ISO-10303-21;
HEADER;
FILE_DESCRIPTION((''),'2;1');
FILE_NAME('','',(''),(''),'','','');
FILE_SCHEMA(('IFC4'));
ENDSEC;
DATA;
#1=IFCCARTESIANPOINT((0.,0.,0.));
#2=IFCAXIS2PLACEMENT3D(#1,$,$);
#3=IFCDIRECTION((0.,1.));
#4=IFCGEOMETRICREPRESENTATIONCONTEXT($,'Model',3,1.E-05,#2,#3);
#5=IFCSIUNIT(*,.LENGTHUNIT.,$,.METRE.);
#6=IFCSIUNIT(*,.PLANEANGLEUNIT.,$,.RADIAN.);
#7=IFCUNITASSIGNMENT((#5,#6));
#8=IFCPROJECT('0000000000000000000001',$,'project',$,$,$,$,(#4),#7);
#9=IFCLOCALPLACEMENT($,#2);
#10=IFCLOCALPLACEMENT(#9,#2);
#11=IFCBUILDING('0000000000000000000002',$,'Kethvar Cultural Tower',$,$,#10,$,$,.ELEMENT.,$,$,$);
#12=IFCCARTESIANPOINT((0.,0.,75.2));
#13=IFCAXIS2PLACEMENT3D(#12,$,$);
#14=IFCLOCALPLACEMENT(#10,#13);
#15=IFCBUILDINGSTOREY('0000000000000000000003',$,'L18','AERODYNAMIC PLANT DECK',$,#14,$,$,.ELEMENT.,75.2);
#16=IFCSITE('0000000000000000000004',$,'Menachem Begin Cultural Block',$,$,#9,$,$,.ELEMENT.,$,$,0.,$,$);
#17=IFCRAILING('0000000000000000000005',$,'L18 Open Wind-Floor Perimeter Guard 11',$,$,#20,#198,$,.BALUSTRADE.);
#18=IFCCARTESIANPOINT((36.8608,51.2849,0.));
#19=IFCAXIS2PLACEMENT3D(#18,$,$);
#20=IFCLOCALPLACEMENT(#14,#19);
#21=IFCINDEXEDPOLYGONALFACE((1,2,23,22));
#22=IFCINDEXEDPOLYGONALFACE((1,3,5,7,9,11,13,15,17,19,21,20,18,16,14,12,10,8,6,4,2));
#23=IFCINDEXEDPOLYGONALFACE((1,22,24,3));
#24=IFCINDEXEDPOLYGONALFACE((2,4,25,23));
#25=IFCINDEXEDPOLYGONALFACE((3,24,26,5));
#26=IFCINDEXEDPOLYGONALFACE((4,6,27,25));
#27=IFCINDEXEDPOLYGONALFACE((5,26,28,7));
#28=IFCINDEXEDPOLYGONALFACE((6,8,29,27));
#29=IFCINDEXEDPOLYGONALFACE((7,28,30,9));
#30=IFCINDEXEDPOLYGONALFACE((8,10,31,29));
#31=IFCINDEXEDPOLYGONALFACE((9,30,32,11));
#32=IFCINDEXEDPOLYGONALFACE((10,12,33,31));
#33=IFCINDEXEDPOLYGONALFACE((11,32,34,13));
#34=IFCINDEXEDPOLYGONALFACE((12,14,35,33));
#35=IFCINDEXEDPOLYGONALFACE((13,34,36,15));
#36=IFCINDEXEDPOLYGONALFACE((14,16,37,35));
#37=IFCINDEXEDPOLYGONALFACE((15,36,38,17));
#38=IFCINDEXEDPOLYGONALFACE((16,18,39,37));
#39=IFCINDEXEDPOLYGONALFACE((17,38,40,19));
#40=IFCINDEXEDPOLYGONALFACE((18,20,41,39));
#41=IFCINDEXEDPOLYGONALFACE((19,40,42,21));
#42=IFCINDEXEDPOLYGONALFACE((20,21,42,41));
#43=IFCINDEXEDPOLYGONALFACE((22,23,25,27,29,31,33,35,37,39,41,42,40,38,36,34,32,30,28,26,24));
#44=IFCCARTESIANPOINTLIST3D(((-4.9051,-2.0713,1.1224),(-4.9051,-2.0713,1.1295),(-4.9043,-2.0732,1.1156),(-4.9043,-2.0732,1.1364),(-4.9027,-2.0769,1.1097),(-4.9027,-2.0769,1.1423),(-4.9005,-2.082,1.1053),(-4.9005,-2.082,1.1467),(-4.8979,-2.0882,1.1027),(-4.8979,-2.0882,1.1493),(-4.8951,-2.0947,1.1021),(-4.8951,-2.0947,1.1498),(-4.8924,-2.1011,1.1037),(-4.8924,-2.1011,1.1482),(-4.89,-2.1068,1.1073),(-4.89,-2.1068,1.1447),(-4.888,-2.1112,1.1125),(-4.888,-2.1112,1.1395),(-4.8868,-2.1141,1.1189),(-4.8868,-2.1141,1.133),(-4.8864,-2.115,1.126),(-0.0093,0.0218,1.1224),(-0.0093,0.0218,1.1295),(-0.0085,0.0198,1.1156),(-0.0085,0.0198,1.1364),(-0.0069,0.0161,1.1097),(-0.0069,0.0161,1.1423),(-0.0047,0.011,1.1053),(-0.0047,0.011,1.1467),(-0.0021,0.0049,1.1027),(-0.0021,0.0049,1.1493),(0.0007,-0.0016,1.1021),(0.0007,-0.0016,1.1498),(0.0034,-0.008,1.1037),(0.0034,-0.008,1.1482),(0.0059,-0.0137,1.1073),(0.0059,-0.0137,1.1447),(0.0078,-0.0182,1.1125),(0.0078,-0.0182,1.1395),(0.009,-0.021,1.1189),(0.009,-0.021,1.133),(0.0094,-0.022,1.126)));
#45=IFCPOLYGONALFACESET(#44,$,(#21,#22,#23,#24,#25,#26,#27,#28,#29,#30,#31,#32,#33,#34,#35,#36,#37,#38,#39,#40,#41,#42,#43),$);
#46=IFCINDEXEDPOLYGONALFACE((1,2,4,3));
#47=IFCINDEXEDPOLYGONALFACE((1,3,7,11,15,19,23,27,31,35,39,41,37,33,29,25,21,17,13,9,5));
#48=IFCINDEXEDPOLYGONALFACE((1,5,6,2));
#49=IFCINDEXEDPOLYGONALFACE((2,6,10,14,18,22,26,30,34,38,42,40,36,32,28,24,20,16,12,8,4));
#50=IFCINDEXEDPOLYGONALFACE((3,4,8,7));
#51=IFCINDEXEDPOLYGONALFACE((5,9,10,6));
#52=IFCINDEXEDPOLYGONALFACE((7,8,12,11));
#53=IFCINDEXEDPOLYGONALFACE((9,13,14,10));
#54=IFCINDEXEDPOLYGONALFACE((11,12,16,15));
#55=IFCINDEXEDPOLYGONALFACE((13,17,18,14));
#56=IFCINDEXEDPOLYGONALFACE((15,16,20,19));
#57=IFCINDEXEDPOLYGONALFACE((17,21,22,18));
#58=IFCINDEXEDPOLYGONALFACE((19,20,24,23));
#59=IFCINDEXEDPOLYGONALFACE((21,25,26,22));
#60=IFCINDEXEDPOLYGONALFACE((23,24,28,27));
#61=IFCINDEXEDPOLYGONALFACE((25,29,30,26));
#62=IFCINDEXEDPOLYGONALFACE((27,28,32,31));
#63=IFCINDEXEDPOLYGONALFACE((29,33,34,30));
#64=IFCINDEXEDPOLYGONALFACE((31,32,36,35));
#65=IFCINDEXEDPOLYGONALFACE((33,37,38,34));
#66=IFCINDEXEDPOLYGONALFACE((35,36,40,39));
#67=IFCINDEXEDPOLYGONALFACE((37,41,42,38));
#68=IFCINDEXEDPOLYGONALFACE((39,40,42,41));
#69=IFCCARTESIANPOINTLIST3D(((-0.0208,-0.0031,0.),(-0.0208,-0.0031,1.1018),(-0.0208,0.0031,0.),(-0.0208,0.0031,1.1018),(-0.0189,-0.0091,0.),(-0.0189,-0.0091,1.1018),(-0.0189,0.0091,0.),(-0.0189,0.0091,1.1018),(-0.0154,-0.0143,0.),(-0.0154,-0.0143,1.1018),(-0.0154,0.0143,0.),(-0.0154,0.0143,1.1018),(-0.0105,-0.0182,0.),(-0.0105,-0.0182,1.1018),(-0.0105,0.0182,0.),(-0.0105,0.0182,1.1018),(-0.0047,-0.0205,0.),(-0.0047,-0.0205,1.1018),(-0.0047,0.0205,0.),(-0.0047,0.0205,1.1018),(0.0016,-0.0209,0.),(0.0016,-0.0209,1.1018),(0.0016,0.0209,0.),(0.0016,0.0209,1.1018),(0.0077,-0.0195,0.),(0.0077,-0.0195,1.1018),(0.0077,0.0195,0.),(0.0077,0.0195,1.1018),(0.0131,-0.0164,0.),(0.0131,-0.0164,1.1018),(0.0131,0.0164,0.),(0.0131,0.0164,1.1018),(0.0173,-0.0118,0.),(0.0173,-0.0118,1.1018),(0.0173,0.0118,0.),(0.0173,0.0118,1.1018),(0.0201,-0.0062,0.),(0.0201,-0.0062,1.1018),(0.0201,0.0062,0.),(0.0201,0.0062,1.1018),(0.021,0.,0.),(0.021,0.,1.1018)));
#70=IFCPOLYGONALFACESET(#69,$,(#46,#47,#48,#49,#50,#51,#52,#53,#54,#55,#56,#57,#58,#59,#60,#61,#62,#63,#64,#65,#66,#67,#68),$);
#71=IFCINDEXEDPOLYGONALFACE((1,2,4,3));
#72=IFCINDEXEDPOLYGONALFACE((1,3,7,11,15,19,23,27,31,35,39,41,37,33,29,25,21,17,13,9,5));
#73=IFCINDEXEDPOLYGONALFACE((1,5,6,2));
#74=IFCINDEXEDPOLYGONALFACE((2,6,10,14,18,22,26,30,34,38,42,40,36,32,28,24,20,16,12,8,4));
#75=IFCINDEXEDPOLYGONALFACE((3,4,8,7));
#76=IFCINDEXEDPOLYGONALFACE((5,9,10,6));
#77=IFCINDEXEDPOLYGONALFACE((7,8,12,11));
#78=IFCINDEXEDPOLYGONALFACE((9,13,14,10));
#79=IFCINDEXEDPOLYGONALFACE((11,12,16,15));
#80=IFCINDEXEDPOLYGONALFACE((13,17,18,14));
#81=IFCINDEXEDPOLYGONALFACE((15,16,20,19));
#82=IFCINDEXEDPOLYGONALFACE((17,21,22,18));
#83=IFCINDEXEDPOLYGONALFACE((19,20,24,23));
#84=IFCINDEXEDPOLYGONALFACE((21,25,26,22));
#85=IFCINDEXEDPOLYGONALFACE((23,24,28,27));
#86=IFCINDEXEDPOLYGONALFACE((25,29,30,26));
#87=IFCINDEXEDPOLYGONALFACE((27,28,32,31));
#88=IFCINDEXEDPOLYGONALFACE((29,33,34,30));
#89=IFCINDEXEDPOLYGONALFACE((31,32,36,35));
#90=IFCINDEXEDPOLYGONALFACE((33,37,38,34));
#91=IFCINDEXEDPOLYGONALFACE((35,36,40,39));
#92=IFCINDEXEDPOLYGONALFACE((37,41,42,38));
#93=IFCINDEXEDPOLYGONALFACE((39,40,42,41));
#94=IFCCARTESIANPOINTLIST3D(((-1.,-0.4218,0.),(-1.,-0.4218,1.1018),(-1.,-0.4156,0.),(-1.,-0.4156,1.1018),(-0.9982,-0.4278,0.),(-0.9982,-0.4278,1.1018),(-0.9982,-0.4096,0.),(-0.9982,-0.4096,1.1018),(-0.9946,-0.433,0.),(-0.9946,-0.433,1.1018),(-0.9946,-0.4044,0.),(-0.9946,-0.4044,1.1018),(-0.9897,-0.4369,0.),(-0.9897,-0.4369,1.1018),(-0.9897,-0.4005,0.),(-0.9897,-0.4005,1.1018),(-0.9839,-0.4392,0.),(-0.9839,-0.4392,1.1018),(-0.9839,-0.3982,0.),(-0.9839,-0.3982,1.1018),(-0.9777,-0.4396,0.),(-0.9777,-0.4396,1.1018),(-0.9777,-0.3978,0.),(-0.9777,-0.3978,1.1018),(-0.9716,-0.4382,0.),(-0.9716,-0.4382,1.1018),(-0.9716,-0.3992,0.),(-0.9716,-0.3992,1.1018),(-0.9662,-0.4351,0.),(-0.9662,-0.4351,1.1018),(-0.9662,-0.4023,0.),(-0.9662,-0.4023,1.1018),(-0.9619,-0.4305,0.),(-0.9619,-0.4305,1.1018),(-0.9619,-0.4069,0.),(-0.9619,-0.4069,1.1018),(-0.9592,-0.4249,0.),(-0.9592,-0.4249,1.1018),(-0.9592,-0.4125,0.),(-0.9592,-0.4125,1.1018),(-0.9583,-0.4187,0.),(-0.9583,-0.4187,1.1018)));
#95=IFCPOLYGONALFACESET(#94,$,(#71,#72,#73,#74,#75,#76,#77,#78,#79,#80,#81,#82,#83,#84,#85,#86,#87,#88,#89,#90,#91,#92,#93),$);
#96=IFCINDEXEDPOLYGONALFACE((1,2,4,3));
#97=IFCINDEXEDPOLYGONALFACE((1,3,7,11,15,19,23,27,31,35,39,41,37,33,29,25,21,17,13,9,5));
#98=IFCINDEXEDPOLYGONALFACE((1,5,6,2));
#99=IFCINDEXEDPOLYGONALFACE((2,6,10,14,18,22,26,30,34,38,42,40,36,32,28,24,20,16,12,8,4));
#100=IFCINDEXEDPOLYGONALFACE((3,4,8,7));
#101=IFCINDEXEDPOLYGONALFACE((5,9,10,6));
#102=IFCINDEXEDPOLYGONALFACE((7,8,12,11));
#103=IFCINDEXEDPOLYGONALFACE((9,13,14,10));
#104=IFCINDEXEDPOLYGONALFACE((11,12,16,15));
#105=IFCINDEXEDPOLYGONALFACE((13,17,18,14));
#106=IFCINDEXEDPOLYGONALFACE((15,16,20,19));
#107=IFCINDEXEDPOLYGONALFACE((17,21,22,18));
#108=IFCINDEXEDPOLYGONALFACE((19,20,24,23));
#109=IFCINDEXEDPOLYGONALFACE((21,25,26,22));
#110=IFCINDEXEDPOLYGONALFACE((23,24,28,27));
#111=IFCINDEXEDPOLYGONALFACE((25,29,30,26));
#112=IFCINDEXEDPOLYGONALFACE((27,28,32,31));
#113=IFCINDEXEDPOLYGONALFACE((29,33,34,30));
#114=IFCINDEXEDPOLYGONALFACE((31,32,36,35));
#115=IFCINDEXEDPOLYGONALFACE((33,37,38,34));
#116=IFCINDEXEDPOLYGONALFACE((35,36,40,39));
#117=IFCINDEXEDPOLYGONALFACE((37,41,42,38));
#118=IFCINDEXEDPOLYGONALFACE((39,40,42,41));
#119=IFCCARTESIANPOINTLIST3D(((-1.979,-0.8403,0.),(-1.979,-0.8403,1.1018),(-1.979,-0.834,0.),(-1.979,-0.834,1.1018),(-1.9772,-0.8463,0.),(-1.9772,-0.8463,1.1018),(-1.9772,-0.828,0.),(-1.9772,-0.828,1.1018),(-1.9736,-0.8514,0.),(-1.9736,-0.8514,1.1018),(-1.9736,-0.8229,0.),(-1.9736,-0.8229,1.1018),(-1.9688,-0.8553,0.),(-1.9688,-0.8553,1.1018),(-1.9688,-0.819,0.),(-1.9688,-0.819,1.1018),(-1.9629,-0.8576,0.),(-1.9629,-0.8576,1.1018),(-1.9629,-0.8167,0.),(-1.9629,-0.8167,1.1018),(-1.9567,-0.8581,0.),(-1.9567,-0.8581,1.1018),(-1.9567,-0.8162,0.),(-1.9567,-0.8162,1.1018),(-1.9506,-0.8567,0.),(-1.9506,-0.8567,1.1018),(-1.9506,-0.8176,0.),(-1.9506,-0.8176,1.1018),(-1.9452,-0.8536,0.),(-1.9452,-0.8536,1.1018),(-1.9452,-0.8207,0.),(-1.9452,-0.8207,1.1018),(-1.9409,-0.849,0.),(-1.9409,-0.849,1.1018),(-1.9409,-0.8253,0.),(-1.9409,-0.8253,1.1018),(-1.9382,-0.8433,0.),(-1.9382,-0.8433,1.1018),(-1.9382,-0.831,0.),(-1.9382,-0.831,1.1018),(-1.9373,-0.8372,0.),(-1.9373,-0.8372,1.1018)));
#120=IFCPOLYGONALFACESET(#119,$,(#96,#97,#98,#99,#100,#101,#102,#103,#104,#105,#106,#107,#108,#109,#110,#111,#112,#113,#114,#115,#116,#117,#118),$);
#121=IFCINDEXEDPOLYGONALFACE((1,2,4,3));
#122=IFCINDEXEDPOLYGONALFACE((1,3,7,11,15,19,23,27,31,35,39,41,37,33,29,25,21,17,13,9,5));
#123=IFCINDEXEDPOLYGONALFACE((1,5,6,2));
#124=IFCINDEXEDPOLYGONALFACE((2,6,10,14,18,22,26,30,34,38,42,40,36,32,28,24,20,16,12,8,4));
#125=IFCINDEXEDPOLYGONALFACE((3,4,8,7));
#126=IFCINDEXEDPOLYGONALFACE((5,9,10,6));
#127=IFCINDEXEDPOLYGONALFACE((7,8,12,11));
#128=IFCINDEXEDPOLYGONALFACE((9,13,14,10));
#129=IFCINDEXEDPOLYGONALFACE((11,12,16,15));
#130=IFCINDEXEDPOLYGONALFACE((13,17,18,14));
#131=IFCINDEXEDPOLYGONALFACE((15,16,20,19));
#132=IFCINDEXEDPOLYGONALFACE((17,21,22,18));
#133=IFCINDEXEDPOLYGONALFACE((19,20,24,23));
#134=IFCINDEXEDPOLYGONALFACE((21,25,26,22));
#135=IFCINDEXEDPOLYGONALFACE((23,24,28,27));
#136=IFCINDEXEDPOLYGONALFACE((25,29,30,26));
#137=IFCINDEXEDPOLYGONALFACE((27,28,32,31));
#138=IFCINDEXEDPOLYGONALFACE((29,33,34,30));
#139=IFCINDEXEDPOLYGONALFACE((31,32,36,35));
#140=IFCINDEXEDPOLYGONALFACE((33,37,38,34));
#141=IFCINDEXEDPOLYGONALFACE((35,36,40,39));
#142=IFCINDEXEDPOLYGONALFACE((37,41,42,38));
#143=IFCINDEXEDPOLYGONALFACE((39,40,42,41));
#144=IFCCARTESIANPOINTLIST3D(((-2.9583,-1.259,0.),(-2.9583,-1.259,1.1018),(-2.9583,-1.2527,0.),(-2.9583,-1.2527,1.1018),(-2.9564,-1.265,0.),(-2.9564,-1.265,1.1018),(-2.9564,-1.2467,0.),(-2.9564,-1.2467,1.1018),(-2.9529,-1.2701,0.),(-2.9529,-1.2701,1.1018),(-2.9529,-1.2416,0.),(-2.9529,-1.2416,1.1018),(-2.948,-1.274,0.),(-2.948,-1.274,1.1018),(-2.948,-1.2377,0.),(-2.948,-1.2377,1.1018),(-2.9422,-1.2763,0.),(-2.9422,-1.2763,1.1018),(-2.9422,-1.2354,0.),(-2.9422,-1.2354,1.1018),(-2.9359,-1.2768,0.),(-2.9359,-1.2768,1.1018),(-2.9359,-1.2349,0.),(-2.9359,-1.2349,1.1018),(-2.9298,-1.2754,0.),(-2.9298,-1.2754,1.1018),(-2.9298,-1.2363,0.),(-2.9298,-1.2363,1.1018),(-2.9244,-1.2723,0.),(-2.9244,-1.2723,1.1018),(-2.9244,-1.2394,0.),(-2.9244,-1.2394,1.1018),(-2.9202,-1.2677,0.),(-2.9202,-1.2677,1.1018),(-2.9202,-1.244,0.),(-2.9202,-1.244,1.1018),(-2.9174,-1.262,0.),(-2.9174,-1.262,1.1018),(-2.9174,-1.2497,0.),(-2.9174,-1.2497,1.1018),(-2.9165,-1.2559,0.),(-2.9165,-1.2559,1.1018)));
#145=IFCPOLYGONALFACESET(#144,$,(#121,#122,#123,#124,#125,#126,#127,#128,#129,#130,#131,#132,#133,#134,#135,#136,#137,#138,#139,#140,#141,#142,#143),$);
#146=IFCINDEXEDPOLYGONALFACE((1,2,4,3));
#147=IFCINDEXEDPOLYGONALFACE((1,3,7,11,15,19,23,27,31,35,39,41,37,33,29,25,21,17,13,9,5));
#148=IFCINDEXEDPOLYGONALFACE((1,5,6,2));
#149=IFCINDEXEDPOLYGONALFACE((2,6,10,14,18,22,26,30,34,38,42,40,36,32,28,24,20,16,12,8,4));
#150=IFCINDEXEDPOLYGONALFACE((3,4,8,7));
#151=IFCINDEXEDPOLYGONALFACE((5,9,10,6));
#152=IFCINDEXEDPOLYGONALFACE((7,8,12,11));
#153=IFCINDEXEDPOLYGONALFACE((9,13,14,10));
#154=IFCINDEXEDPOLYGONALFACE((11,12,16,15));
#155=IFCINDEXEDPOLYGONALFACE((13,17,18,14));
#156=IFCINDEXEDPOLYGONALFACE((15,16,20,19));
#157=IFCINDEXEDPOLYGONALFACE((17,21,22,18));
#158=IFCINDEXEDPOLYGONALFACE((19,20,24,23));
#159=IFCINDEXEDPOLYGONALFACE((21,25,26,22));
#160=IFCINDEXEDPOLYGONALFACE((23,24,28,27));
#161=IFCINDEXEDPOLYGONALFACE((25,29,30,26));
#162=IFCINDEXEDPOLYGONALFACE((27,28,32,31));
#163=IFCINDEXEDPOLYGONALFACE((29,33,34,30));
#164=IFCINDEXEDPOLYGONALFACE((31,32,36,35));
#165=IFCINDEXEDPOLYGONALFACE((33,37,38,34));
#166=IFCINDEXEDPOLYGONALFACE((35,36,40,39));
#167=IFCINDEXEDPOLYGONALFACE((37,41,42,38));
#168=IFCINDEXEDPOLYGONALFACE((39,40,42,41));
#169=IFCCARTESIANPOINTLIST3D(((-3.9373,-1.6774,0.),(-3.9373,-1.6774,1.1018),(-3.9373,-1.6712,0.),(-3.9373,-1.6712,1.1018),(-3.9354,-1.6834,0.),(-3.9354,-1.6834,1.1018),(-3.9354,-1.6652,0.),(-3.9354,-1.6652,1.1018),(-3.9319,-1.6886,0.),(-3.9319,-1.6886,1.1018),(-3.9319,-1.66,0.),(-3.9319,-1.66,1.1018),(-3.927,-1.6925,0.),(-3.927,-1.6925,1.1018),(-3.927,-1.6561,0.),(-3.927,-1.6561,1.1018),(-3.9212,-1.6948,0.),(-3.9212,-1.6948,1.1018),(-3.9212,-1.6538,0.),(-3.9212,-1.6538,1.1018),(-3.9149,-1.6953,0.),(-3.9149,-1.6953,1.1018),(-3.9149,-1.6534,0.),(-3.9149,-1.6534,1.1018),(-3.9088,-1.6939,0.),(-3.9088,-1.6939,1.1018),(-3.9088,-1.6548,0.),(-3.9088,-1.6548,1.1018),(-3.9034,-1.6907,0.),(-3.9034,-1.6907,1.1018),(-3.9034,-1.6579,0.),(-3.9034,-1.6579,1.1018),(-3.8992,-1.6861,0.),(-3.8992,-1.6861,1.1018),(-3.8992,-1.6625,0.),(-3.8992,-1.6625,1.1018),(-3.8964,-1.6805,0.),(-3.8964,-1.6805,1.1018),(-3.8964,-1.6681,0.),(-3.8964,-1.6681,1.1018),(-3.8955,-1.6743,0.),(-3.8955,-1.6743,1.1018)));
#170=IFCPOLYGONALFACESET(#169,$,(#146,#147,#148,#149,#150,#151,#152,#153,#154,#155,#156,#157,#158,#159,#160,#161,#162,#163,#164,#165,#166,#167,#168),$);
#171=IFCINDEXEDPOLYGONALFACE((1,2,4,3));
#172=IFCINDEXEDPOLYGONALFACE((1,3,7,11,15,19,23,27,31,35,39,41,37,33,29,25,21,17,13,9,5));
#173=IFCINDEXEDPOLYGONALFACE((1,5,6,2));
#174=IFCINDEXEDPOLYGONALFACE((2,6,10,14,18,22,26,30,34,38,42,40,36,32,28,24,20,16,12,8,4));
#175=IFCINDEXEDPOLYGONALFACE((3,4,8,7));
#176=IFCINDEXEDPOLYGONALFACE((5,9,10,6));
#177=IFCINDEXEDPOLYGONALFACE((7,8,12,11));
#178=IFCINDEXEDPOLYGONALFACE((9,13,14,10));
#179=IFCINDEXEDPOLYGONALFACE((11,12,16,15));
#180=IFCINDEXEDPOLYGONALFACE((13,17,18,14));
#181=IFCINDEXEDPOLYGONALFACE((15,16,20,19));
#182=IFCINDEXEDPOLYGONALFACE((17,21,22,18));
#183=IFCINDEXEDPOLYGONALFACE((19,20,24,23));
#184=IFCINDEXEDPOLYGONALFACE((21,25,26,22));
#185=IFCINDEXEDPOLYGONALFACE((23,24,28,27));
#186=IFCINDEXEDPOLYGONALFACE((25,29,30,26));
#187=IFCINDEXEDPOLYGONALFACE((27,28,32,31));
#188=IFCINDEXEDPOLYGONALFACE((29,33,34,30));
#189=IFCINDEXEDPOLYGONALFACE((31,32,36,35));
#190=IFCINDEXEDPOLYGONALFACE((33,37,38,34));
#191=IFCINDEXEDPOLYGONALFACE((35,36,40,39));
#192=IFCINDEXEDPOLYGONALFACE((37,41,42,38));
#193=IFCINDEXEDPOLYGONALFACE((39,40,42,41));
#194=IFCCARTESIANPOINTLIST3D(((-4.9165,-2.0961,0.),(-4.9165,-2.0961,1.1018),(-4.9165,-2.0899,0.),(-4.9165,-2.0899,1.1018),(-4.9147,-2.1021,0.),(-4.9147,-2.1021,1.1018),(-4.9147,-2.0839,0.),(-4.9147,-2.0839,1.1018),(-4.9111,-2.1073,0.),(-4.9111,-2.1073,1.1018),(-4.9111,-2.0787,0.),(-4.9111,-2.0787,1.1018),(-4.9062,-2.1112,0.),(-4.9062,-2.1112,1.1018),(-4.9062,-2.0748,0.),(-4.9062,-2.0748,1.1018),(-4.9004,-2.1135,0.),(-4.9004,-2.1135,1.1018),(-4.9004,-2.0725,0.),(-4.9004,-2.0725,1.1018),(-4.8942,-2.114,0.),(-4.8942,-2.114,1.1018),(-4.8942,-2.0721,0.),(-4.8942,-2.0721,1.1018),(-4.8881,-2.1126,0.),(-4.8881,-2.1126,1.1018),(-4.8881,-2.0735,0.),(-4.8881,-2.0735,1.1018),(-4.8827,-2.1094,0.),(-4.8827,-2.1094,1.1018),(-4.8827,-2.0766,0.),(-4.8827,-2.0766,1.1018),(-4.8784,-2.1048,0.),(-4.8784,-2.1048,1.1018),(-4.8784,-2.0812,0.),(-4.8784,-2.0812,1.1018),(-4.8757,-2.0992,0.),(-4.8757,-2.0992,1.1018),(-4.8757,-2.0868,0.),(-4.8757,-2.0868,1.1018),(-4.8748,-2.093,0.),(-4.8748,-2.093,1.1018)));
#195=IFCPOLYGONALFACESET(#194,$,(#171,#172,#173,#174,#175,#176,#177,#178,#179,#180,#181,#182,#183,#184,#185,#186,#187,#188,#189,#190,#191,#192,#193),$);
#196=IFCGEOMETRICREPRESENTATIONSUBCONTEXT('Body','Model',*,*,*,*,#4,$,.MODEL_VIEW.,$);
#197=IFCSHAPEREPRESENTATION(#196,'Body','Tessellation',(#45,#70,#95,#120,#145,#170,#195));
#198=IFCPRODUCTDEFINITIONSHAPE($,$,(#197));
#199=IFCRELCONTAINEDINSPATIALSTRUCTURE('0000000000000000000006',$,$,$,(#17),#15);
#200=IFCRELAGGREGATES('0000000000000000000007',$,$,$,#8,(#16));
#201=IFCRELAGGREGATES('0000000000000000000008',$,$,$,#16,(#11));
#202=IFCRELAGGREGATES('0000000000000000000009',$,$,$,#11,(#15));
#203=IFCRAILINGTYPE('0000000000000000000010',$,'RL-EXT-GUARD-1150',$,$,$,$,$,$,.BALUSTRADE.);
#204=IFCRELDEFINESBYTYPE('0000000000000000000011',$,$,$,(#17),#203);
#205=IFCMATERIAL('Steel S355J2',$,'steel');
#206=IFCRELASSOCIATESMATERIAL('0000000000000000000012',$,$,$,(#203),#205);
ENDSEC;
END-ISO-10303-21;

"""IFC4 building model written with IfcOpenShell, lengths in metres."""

from ifc_helpers import new_model, si_unit, direction, frame, origin, origin_2d, place, context, subcontext, project, spatial, circle, extrude, material, type_object, element, save


model = new_model("IFC4")

# Units and contexts
model_context = context("Model", 3, precision=1e-05, world=origin(), true_north=direction((0.0, 1.0)))
body_context = subcontext(model_context, "Body", "Model", "MODEL_VIEW")
ifc_project = project(units=[si_unit("LENGTHUNIT", "METRE"), si_unit("PLANEANGLEUNIT", "RADIAN")], contexts=[model_context])

# Site, building, storey
site_placement = place(None, origin())
site = spatial("IfcSite", under=ifc_project, at=site_placement, Name="Menachem Begin Cultural Block", CompositionType="ELEMENT", RefElevation=0.0)
building_placement = place(site_placement, origin())
building = spatial("IfcBuilding", under=site, at=building_placement, Name="Kethvar Cultural Tower", CompositionType="ELEMENT")
storey_placement = place(building_placement, frame((0.0, 0.0, 75.2)))
storey = spatial("IfcBuildingStorey", under=building, at=storey_placement, Name="L18", Description="AERODYNAMIC PLANT DECK", CompositionType="ELEMENT", Elevation=75.2)

# Shared definitions
ifc_material_1 = material(Name="Steel S355J2", Category="steel")

# Railing
railing_type = type_object("IfcRailingType", Name="RL-EXT-GUARD-1150", PredefinedType="BALUSTRADE", material=ifc_material_1)
railing_1_placement = place(storey_placement, frame((36.8608, 51.2849, 0.0)))
element("IfcRailing", 1, at=railing_1_placement, inside=storey, type_object=railing_type, Name="L18 Open Wind-Floor Perimeter Guard 11", PredefinedType="BALUSTRADE", context=body_context, shape_type="SweptSolid", body=[
    extrude(circle(Radius=0.0239, at=origin_2d()), frame((0.0, 0.0, 1.126), z_axis=(-0.919496, -0.3931, 0.0), x_axis=(0.3931, -0.919496, 0.0)), (0.0, 0.0, 1.0), 5.3245),
    extrude(circle(Radius=0.021, at=origin_2d()), origin(), (0.0, 0.0, 1.0), 1.1018),
    extrude(circle(Radius=0.021, at=origin_2d()), frame((-0.9792, -0.4187, 0.0)), (0.0, 0.0, 1.0), 1.1018),
    extrude(circle(Radius=0.021, at=origin_2d()), frame((-1.9583, -0.8372, 0.0)), (0.0, 0.0, 1.0), 1.1018),
    extrude(circle(Radius=0.021, at=origin_2d()), frame((-2.9375, -1.2559, 0.0)), (0.0, 0.0, 1.0), 1.1018),
    extrude(circle(Radius=0.021, at=origin_2d()), frame((-3.9165, -1.6743, 0.0)), (0.0, 0.0, 1.0), 1.1018),
    extrude(circle(Radius=0.021, at=origin_2d()), frame((-4.8958, -2.093, 0.0)), (0.0, 0.0, 1.0), 1.1018),
])

save(model, "model.ifc")
